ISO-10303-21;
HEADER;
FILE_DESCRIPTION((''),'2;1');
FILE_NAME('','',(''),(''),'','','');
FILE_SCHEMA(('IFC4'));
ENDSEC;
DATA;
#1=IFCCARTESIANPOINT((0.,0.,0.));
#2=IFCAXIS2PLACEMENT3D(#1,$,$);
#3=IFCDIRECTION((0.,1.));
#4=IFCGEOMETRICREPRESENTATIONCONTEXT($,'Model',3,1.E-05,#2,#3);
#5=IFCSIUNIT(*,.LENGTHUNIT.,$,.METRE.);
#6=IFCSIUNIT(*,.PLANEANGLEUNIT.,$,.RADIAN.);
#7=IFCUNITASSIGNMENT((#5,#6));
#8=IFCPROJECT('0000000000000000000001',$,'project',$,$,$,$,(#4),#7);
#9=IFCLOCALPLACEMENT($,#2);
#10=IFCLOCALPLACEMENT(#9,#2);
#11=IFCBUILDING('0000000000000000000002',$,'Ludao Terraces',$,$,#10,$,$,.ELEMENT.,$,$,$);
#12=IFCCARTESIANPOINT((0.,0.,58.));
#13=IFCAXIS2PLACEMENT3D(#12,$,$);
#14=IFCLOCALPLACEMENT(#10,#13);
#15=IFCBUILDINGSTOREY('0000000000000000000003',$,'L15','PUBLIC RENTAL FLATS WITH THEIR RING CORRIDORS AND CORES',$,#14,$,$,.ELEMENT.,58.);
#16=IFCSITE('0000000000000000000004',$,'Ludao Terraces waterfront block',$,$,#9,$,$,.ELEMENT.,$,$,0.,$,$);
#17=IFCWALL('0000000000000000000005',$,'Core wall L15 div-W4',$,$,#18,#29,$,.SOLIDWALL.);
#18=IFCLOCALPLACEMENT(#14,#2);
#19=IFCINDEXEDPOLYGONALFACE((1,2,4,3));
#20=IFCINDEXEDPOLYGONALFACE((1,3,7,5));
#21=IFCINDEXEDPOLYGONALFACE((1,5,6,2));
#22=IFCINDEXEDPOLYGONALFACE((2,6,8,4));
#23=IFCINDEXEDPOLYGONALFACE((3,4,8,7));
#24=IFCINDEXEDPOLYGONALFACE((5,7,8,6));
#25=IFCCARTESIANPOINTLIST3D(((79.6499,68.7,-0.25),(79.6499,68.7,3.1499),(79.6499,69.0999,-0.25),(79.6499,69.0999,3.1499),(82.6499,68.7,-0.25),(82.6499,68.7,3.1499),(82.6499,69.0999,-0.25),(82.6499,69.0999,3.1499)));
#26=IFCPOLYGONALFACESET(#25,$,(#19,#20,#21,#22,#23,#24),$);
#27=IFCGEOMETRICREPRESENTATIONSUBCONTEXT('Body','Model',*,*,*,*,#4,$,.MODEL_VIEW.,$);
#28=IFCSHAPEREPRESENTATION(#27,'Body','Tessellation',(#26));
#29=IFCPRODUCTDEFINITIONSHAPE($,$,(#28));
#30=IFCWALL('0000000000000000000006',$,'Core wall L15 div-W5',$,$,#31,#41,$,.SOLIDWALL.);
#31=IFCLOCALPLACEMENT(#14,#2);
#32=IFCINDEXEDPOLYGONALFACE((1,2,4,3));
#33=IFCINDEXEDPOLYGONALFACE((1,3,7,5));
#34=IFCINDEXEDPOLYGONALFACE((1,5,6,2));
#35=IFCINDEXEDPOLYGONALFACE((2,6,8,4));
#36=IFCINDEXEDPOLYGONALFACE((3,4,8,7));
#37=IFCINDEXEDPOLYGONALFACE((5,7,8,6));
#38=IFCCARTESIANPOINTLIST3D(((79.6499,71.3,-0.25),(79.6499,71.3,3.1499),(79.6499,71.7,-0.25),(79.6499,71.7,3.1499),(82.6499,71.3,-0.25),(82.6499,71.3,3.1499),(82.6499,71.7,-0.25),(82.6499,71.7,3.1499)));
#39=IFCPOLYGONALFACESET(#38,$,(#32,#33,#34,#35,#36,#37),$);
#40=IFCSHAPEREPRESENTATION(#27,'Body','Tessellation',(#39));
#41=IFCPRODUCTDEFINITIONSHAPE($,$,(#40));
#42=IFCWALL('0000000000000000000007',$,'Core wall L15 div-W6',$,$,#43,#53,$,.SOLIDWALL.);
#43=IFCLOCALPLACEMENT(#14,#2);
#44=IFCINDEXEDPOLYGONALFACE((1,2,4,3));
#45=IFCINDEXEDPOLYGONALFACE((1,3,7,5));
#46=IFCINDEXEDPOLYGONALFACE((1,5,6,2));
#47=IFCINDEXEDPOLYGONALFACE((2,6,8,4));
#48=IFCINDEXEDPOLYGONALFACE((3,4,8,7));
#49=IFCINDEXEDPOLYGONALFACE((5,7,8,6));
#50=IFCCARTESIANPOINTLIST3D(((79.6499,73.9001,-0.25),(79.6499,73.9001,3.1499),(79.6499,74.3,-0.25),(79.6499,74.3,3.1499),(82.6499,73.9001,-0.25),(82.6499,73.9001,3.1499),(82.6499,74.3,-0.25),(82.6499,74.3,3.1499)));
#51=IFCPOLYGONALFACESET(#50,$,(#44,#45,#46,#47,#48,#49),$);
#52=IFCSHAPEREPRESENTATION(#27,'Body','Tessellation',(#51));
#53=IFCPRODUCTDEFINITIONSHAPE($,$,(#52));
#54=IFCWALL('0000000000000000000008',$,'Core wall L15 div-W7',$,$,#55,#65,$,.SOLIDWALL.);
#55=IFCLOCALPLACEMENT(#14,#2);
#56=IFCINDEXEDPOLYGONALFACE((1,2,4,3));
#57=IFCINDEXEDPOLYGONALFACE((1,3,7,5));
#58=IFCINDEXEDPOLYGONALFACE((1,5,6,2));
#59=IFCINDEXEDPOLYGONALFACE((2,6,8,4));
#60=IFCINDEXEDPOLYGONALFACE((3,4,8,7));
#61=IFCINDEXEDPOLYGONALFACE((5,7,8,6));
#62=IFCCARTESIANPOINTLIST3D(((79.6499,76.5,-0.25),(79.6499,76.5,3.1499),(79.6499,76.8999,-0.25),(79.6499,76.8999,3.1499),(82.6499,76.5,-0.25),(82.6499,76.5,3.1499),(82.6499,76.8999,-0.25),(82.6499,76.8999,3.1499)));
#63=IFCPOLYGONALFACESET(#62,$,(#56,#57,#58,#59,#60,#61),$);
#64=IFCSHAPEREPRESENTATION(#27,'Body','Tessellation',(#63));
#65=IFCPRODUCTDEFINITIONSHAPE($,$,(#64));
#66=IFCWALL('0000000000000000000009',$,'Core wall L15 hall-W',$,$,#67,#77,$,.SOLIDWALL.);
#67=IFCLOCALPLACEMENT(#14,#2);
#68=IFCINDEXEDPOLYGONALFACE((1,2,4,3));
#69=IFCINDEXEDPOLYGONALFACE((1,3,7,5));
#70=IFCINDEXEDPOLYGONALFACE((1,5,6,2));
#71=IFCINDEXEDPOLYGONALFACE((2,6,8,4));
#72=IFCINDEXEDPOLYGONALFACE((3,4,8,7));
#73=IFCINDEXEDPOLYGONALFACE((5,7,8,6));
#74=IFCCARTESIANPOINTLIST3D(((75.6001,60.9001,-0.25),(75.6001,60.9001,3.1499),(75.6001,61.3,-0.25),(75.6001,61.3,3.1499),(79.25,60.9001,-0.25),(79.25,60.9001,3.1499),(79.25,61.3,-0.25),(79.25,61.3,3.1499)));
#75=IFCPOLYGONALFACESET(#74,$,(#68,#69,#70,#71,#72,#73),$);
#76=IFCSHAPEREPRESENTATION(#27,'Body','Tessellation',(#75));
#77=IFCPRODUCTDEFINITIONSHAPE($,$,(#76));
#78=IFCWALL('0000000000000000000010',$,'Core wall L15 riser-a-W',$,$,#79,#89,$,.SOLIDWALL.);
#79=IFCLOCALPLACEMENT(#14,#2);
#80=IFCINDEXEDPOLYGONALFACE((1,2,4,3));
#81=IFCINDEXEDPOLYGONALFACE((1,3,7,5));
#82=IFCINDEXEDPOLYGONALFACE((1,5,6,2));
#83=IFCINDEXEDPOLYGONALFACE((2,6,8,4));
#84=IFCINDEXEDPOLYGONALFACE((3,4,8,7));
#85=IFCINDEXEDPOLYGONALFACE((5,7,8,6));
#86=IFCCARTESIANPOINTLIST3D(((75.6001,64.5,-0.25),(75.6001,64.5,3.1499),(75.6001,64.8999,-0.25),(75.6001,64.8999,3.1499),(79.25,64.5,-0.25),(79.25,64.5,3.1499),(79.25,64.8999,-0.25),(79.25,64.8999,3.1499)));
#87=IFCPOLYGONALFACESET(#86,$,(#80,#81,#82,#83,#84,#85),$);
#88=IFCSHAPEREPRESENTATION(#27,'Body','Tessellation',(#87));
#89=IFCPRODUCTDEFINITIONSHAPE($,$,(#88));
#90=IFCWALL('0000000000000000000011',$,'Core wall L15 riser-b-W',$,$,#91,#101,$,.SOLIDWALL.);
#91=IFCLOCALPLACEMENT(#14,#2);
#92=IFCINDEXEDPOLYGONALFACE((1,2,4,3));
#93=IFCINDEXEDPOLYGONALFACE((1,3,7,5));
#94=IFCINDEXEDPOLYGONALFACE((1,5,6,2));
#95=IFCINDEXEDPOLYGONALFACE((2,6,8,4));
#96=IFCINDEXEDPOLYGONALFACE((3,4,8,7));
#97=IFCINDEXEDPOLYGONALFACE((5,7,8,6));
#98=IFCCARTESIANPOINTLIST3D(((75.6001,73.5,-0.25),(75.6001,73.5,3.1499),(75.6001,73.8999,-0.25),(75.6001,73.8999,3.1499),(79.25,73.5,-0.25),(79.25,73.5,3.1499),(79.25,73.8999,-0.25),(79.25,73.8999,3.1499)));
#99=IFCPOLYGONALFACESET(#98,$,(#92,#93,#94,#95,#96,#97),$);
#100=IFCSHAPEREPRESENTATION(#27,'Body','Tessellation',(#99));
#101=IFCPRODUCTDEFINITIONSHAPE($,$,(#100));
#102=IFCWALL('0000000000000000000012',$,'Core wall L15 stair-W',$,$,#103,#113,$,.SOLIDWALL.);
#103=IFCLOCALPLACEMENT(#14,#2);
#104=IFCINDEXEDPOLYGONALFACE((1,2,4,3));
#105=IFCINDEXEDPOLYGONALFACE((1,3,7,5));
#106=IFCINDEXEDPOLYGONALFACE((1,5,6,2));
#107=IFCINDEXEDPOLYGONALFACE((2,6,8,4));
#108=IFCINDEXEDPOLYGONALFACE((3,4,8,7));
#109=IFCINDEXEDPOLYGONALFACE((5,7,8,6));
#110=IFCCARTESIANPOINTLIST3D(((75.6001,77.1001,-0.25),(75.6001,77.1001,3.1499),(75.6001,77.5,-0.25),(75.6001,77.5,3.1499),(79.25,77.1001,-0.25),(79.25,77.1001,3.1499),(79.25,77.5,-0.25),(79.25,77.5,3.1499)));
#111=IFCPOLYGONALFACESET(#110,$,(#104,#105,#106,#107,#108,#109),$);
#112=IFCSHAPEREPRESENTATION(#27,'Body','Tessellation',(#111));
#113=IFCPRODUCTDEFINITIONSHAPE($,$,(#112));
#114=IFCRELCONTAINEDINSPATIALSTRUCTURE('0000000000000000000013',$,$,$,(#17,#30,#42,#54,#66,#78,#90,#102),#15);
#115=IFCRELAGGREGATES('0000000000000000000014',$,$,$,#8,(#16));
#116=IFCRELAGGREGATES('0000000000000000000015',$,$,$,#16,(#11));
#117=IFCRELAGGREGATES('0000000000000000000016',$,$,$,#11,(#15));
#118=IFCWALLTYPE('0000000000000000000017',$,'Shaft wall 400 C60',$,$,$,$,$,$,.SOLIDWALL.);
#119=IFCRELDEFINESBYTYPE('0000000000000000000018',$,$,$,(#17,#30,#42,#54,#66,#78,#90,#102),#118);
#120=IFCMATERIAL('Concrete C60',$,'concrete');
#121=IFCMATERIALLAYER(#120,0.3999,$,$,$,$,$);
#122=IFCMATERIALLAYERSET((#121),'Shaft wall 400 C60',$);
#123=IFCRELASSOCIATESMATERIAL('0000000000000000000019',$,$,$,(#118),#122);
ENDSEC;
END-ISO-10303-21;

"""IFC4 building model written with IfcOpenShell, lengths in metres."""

from ifc_helpers import new_model, si_unit, direction, frame, frame_2d, origin, place, context, subcontext, project, spatial, rectangle, extrude, material, layer, layer_set, type_object, element, save


model = new_model("IFC4")

# Units and contexts
model_context = context("Model", 3, precision=1e-05, world=origin(), true_north=direction((0.0, 1.0)))
body_context = subcontext(model_context, "Body", "Model", "MODEL_VIEW")
ifc_project = project(units=[si_unit("LENGTHUNIT", "METRE"), si_unit("PLANEANGLEUNIT", "RADIAN")], contexts=[model_context])

# Site, building, storey
site_placement = place(None, origin())
site = spatial("IfcSite", under=ifc_project, at=site_placement, Name="Ludao Terraces waterfront block", CompositionType="ELEMENT", RefElevation=0.0)
building_placement = place(site_placement, origin())
building = spatial("IfcBuilding", under=site, at=building_placement, Name="Ludao Terraces", CompositionType="ELEMENT")
storey_placement = place(building_placement, frame((0.0, 0.0, 58.0)))
storey = spatial("IfcBuildingStorey", under=building, at=storey_placement, Name="L15", Description="PUBLIC RENTAL FLATS WITH THEIR RING CORRIDORS AND CORES", CompositionType="ELEMENT", Elevation=58.0)

# Shared definitions
ifc_material_1 = material(Name="Concrete C60", Category="concrete")
ifc_layer_1 = layer(ifc_material_1, 0.3999)
ifc_layer_set_1 = layer_set([ifc_layer_1], Name="Shaft wall 400 C60")
wall_type_1 = type_object("IfcWallType", Name="Shaft wall 400 C60", PredefinedType="SOLIDWALL", material=ifc_layer_set_1)

# Walls
for number, where, z_axis, x_axis, name in (
    (1, (79.6499, 68.8999, -0.25), (0.0, 0.0, 1.0), (1.0, 0.0, 0.0), "Core wall L15 div-W4"),
    (2, (79.6499, 71.5, -0.25), (0.0, 0.0, 1.0), (1.0, 0.0, 0.0), "Core wall L15 div-W5"),
    (3, (79.6499, 74.1001, -0.25), (0.0, 0.0, 1.0), (1.0, 0.0, 0.0), "Core wall L15 div-W6"),
    (4, (79.6499, 76.7, -0.25), (0.0, 0.0, 1.0), (1.0, 0.0, 0.0), "Core wall L15 div-W7"),
):
    element("IfcWall", number, at=place(storey_placement, frame(where, z_axis=z_axis, x_axis=x_axis)), inside=storey, type_object=wall_type_1, Name=name, PredefinedType="SOLIDWALL", context=body_context, shape_type="SweptSolid", body=[
        extrude(rectangle(XDim=3.0, YDim=0.3999, at=frame_2d((1.5, 0.0))), origin(), (0.0, 0.0, 1.0), 3.3999),
    ])
for number, where, z_axis, x_axis, name in (
    (5, (75.6001, 61.1001, -0.25), (0.0, 0.0, 1.0), (1.0, 0.0, 0.0), "Core wall L15 hall-W"),
    (6, (75.6001, 64.7, -0.25), (0.0, 0.0, 1.0), (1.0, 0.0, 0.0), "Core wall L15 riser-a-W"),
    (7, (75.6001, 73.7, -0.25), (0.0, 0.0, 1.0), (1.0, 0.0, 0.0), "Core wall L15 riser-b-W"),
    (8, (75.6001, 77.3, -0.25), (0.0, 0.0, 1.0), (1.0, 0.0, 0.0), "Core wall L15 stair-W"),
):
    element("IfcWall", number, at=place(storey_placement, frame(where, z_axis=z_axis, x_axis=x_axis)), inside=storey, type_object=wall_type_1, Name=name, PredefinedType="SOLIDWALL", context=body_context, shape_type="SweptSolid", body=[
        extrude(rectangle(XDim=3.6499, YDim=0.3999, at=frame_2d((1.825, 0.0))), origin(), (0.0, 0.0, 1.0), 3.3999),
    ])

save(model, "model.ifc")
